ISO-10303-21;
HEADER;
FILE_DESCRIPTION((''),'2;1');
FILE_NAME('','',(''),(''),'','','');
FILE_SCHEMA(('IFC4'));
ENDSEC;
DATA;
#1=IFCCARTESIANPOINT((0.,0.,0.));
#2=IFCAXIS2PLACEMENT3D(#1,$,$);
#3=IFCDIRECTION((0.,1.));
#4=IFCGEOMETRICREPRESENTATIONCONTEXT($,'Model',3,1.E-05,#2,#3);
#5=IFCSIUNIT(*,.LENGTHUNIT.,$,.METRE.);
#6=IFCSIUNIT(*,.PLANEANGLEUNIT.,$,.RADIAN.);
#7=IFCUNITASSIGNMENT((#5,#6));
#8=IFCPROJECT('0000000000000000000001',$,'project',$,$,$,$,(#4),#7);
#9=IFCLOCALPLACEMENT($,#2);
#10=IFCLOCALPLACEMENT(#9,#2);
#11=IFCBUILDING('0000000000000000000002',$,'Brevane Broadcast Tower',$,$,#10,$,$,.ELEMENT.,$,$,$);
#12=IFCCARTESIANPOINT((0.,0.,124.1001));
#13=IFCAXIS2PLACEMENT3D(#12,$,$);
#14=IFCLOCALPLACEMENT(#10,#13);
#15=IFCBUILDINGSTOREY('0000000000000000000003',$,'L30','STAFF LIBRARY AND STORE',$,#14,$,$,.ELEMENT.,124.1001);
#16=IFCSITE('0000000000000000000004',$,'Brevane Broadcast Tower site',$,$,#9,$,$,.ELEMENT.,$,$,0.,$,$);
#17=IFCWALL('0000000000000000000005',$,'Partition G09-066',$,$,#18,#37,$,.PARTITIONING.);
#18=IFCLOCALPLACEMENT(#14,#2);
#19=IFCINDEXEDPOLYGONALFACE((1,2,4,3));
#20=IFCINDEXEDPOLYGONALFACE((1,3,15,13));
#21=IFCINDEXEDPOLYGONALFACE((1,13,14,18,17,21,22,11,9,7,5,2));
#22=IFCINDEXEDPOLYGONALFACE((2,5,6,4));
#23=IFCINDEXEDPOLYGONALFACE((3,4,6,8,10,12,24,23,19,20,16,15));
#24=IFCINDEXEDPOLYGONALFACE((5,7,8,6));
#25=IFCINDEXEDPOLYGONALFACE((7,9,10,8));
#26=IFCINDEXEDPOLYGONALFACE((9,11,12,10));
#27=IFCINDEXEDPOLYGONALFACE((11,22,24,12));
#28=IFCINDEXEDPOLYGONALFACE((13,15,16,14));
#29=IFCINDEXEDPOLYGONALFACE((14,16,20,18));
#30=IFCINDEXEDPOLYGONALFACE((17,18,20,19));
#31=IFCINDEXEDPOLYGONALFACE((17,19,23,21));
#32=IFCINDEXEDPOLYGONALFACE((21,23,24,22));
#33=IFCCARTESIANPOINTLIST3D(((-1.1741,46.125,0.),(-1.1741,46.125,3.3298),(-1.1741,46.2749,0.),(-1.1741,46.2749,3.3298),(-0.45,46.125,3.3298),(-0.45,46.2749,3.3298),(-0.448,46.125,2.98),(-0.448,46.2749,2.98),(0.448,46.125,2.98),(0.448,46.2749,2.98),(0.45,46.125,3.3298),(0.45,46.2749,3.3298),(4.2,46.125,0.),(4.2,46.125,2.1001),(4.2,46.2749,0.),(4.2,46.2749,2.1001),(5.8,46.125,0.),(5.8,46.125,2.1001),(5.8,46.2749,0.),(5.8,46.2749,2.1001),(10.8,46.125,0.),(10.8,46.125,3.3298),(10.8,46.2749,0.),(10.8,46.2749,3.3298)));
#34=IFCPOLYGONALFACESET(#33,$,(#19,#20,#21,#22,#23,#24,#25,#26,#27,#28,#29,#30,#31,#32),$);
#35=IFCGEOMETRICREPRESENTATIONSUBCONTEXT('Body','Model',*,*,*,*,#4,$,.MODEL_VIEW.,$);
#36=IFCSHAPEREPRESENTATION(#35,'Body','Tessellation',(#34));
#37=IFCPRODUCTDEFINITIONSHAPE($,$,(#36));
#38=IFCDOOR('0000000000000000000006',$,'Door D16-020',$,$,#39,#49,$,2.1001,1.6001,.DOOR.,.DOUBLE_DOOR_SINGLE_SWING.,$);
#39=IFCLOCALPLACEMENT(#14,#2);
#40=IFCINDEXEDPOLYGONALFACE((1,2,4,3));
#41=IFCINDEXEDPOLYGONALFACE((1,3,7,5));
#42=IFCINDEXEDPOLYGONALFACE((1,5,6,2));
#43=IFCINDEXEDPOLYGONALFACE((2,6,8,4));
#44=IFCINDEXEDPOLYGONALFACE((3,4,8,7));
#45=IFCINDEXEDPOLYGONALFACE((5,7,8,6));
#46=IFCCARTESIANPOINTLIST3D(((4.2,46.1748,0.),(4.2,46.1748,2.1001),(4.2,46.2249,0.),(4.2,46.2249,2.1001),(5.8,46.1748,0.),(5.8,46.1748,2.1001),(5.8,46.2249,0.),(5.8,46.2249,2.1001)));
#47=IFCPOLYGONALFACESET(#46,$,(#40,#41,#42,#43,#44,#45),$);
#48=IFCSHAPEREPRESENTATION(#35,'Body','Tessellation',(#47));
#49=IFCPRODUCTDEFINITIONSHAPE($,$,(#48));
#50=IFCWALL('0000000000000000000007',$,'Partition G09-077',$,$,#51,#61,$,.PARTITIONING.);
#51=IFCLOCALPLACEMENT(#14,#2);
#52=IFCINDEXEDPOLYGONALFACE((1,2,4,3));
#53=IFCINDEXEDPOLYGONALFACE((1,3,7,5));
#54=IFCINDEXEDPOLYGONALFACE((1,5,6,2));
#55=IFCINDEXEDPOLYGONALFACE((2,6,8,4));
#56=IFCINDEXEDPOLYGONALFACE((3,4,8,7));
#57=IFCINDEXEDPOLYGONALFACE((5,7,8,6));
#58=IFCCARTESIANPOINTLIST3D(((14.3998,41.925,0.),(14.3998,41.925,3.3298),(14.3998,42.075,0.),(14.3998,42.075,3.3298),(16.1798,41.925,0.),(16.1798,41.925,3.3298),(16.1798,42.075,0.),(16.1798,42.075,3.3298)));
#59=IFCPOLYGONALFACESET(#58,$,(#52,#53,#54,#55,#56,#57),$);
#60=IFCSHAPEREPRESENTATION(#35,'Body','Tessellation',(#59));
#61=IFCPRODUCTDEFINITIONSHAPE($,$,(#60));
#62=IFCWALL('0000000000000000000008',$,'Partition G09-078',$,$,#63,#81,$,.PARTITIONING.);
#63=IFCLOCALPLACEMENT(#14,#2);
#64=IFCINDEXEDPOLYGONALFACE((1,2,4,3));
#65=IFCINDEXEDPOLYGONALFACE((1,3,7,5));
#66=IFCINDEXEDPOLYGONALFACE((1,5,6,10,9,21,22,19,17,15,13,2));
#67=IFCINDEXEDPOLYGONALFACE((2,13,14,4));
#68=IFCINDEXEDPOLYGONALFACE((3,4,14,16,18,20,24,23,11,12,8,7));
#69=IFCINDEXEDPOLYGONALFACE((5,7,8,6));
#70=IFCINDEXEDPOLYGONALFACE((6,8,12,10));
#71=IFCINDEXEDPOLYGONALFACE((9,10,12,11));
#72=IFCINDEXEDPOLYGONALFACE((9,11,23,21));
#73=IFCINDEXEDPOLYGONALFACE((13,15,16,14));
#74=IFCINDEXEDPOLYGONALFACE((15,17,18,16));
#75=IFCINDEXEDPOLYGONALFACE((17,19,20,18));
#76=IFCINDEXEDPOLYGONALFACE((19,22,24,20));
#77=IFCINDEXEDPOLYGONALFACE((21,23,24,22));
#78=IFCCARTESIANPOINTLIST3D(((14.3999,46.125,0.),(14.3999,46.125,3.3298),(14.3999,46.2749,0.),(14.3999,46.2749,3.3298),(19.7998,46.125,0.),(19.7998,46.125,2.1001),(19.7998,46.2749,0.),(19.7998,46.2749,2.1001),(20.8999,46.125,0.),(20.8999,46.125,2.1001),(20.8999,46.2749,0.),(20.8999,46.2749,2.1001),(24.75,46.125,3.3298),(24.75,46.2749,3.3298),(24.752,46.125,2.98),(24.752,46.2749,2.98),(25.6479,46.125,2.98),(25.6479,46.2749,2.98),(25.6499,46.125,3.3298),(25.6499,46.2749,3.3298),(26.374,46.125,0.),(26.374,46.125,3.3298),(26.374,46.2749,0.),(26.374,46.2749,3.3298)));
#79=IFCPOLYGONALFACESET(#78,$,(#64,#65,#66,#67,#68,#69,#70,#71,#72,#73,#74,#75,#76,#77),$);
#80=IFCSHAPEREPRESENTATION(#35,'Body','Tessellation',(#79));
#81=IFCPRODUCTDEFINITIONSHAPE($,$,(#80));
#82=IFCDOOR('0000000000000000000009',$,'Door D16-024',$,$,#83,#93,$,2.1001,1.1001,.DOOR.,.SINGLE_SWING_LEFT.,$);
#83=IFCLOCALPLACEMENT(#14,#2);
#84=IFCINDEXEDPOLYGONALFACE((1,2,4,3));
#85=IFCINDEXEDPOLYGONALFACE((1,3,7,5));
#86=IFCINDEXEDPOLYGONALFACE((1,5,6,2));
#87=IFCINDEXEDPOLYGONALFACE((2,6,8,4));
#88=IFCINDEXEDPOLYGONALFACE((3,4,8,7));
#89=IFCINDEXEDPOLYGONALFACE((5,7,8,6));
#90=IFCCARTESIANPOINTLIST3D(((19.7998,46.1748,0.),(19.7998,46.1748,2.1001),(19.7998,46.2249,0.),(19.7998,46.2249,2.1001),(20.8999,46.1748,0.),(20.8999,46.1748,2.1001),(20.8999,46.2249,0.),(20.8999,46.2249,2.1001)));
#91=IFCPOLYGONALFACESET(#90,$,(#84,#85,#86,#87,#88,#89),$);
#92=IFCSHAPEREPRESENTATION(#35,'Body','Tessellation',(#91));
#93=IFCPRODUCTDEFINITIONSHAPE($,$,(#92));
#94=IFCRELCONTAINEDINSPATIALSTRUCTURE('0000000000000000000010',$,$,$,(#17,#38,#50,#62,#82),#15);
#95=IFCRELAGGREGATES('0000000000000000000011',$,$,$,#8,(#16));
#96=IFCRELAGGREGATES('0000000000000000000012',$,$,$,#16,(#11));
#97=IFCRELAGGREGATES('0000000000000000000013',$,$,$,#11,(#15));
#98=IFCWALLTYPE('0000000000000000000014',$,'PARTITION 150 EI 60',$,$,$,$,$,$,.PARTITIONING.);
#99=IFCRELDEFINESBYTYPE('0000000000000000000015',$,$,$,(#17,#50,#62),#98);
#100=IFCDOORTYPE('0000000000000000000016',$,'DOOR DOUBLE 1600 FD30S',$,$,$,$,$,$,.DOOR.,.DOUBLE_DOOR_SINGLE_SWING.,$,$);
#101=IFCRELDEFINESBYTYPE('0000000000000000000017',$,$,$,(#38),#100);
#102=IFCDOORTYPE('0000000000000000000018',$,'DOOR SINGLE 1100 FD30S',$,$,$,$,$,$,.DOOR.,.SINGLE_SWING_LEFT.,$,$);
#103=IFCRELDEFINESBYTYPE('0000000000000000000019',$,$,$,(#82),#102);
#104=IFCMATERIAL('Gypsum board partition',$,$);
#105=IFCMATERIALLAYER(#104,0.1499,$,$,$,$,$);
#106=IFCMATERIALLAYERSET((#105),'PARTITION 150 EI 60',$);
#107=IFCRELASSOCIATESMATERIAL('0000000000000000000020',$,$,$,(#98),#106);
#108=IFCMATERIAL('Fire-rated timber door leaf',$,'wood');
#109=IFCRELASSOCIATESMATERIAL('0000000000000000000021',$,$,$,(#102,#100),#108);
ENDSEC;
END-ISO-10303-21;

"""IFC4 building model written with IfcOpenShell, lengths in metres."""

from ifc_helpers import new_model, si_unit, direction, frame, frame_2d, origin, place, context, subcontext, project, spatial, polyline, rectangle, outline, extrude, material, layer, layer_set, type_object, element, fill, save


model = new_model("IFC4")

# Units and contexts
model_context = context("Model", 3, precision=1e-05, world=origin(), true_north=direction((0.0, 1.0)))
body_context = subcontext(model_context, "Body", "Model", "MODEL_VIEW")
ifc_project = project(units=[si_unit("LENGTHUNIT", "METRE"), si_unit("PLANEANGLEUNIT", "RADIAN")], contexts=[model_context])

# Site, building, storey
site_placement = place(None, origin())
site = spatial("IfcSite", under=ifc_project, at=site_placement, Name="Brevane Broadcast Tower site", CompositionType="ELEMENT", RefElevation=0.0)
building_placement = place(site_placement, origin())
building = spatial("IfcBuilding", under=site, at=building_placement, Name="Brevane Broadcast Tower", CompositionType="ELEMENT")
storey_placement = place(building_placement, frame((0.0, 0.0, 124.1001)))
storey = spatial("IfcBuildingStorey", under=building, at=storey_placement, Name="L30", Description="STAFF LIBRARY AND STORE", CompositionType="ELEMENT", Elevation=124.1001)

# Shared definitions
ifc_material_1 = material(Name="Gypsum board partition")
ifc_layer_1 = layer(ifc_material_1, 0.1499)
ifc_layer_set_1 = layer_set([ifc_layer_1], Name="PARTITION 150 EI 60")
wall_type_1 = type_object("IfcWallType", Name="PARTITION 150 EI 60", PredefinedType="PARTITIONING", material=ifc_layer_set_1)

# Shared definitions
ifc_material_2 = material(Name="Fire-rated timber door leaf", Category="wood")
door_type_1 = type_object("IfcDoorType", Name="DOOR SINGLE 1100 FD30S", OperationType="SINGLE_SWING_LEFT", PredefinedType="DOOR", material=ifc_material_2)

# Wall, opening, door
wall_1_placement = place(storey_placement, frame((-1.1741, 46.2, 0.0), z_axis=(0.0, 0.0, 1.0), x_axis=(1.0, 0.0, 0.0)))
wall_1 = element("IfcWall", 1, at=wall_1_placement, inside=storey, type_object=wall_type_1, Name="Partition G09-066", PredefinedType="PARTITIONING", context=body_context, shape_type="SweptSolid", body=[
    extrude(outline(polyline([(0.0, 0.0), (11.9741, 0.0), (11.9741, 3.3298), (1.624, 3.3298), (1.6221, 2.98), (0.7261, 2.98), (0.7241, 3.3298), (0.074, 3.3298), (0.0, 3.3298), (0.0, 0.0)])), frame((0.0, 0.075, 0.0), z_axis=(0.0, -1.0, 0.0), x_axis=(1.0, 0.0, 0.0)), (0.0, 0.0, 1.0), 0.1499),
])
opening_1_placement = place(wall_1_placement, frame((5.374, 0.0, 0.0)))
opening_1 = element("IfcOpeningElement", 2, at=opening_1_placement, cuts=wall_1, PredefinedType="OPENING", context=body_context, shape_type="SweptSolid", body=[
    extrude(rectangle(XDim=1.6001, YDim=2.1001, at=frame_2d((0.8, 1.05))), frame((0.0, 0.085, 0.0), z_axis=(0.0, -1.0, 0.0), x_axis=(1.0, 0.0, 0.0)), (0.0, 0.0, 1.0), 0.1699),
])
door_type_2 = type_object("IfcDoorType", Name="DOOR DOUBLE 1600 FD30S", OperationType="DOUBLE_DOOR_SINGLE_SWING", PredefinedType="DOOR", material=ifc_material_2)
door_1_placement = place(opening_1_placement, origin())
door_1 = element("IfcDoor", 3, at=door_1_placement, inside=storey, type_object=door_type_2, Name="Door D16-020", OperationType="DOUBLE_DOOR_SINGLE_SWING", OverallHeight=2.1001, OverallWidth=1.6001, PredefinedType="DOOR", context=body_context, shape_type="SweptSolid", body=[
    extrude(rectangle(XDim=1.6001, YDim=2.1001, at=frame_2d((0.8, 1.05))), frame((0.0, 0.0249, 0.0), z_axis=(0.0, -1.0, 0.0), x_axis=(1.0, 0.0, 0.0)), (0.0, 0.0, 1.0), 0.05),
])
fill(opening_1, door_1)

# Wall
wall_2_placement = place(storey_placement, frame((16.1799, 42.0, 0.0), z_axis=(0.0, 0.0, 1.0), x_axis=(-1.0, 0.0, 0.0)))
element("IfcWall", 4, at=wall_2_placement, inside=storey, type_object=wall_type_1, Name="Partition G09-077", PredefinedType="PARTITIONING", context=body_context, shape_type="SweptSolid", body=[
    extrude(rectangle(XDim=1.78, YDim=0.1499, at=frame_2d((0.8901, 0.0))), origin(), (0.0, 0.0, 1.0), 3.3298),
])

# Wall, opening, door
wall_3_placement = place(storey_placement, frame((14.3999, 46.2, 0.0), z_axis=(0.0, 0.0, 1.0), x_axis=(1.0, 0.0, 0.0)))
wall_3 = element("IfcWall", 5, at=wall_3_placement, inside=storey, type_object=wall_type_1, Name="Partition G09-078", PredefinedType="PARTITIONING", context=body_context, shape_type="SweptSolid", body=[
    extrude(outline(polyline([(0.0, 0.0), (11.9741, 0.0), (11.9741, 3.3298), (11.8999, 3.3298), (11.25, 3.3298), (11.248, 2.98), (10.3521, 2.98), (10.3501, 3.3298), (0.0, 3.3298), (0.0, 0.0)])), frame((0.0, 0.075, 0.0), z_axis=(0.0, -1.0, 0.0), x_axis=(1.0, 0.0, 0.0)), (0.0, 0.0, 1.0), 0.1499),
])
opening_2_placement = place(wall_3_placement, frame((5.3999, 0.0, 0.0)))
opening_2 = element("IfcOpeningElement", 6, at=opening_2_placement, cuts=wall_3, PredefinedType="OPENING", context=body_context, shape_type="SweptSolid", body=[
    extrude(rectangle(XDim=1.1001, YDim=2.1001, at=frame_2d((0.55, 1.05))), frame((0.0, 0.085, 0.0), z_axis=(0.0, -1.0, 0.0), x_axis=(1.0, 0.0, 0.0)), (0.0, 0.0, 1.0), 0.1699),
])
door_2_placement = place(opening_2_placement, origin())
door_2 = element("IfcDoor", 7, at=door_2_placement, inside=storey, type_object=door_type_1, Name="Door D16-024", OperationType="SINGLE_SWING_LEFT", OverallHeight=2.1001, OverallWidth=1.1001, PredefinedType="DOOR", context=body_context, shape_type="SweptSolid", body=[
    extrude(rectangle(XDim=1.1001, YDim=2.1001, at=frame_2d((0.55, 1.05))), frame((0.0, 0.0249, 0.0), z_axis=(0.0, -1.0, 0.0), x_axis=(1.0, 0.0, 0.0)), (0.0, 0.0, 1.0), 0.05),
])
fill(opening_2, door_2)

save(model, "model.ifc")
